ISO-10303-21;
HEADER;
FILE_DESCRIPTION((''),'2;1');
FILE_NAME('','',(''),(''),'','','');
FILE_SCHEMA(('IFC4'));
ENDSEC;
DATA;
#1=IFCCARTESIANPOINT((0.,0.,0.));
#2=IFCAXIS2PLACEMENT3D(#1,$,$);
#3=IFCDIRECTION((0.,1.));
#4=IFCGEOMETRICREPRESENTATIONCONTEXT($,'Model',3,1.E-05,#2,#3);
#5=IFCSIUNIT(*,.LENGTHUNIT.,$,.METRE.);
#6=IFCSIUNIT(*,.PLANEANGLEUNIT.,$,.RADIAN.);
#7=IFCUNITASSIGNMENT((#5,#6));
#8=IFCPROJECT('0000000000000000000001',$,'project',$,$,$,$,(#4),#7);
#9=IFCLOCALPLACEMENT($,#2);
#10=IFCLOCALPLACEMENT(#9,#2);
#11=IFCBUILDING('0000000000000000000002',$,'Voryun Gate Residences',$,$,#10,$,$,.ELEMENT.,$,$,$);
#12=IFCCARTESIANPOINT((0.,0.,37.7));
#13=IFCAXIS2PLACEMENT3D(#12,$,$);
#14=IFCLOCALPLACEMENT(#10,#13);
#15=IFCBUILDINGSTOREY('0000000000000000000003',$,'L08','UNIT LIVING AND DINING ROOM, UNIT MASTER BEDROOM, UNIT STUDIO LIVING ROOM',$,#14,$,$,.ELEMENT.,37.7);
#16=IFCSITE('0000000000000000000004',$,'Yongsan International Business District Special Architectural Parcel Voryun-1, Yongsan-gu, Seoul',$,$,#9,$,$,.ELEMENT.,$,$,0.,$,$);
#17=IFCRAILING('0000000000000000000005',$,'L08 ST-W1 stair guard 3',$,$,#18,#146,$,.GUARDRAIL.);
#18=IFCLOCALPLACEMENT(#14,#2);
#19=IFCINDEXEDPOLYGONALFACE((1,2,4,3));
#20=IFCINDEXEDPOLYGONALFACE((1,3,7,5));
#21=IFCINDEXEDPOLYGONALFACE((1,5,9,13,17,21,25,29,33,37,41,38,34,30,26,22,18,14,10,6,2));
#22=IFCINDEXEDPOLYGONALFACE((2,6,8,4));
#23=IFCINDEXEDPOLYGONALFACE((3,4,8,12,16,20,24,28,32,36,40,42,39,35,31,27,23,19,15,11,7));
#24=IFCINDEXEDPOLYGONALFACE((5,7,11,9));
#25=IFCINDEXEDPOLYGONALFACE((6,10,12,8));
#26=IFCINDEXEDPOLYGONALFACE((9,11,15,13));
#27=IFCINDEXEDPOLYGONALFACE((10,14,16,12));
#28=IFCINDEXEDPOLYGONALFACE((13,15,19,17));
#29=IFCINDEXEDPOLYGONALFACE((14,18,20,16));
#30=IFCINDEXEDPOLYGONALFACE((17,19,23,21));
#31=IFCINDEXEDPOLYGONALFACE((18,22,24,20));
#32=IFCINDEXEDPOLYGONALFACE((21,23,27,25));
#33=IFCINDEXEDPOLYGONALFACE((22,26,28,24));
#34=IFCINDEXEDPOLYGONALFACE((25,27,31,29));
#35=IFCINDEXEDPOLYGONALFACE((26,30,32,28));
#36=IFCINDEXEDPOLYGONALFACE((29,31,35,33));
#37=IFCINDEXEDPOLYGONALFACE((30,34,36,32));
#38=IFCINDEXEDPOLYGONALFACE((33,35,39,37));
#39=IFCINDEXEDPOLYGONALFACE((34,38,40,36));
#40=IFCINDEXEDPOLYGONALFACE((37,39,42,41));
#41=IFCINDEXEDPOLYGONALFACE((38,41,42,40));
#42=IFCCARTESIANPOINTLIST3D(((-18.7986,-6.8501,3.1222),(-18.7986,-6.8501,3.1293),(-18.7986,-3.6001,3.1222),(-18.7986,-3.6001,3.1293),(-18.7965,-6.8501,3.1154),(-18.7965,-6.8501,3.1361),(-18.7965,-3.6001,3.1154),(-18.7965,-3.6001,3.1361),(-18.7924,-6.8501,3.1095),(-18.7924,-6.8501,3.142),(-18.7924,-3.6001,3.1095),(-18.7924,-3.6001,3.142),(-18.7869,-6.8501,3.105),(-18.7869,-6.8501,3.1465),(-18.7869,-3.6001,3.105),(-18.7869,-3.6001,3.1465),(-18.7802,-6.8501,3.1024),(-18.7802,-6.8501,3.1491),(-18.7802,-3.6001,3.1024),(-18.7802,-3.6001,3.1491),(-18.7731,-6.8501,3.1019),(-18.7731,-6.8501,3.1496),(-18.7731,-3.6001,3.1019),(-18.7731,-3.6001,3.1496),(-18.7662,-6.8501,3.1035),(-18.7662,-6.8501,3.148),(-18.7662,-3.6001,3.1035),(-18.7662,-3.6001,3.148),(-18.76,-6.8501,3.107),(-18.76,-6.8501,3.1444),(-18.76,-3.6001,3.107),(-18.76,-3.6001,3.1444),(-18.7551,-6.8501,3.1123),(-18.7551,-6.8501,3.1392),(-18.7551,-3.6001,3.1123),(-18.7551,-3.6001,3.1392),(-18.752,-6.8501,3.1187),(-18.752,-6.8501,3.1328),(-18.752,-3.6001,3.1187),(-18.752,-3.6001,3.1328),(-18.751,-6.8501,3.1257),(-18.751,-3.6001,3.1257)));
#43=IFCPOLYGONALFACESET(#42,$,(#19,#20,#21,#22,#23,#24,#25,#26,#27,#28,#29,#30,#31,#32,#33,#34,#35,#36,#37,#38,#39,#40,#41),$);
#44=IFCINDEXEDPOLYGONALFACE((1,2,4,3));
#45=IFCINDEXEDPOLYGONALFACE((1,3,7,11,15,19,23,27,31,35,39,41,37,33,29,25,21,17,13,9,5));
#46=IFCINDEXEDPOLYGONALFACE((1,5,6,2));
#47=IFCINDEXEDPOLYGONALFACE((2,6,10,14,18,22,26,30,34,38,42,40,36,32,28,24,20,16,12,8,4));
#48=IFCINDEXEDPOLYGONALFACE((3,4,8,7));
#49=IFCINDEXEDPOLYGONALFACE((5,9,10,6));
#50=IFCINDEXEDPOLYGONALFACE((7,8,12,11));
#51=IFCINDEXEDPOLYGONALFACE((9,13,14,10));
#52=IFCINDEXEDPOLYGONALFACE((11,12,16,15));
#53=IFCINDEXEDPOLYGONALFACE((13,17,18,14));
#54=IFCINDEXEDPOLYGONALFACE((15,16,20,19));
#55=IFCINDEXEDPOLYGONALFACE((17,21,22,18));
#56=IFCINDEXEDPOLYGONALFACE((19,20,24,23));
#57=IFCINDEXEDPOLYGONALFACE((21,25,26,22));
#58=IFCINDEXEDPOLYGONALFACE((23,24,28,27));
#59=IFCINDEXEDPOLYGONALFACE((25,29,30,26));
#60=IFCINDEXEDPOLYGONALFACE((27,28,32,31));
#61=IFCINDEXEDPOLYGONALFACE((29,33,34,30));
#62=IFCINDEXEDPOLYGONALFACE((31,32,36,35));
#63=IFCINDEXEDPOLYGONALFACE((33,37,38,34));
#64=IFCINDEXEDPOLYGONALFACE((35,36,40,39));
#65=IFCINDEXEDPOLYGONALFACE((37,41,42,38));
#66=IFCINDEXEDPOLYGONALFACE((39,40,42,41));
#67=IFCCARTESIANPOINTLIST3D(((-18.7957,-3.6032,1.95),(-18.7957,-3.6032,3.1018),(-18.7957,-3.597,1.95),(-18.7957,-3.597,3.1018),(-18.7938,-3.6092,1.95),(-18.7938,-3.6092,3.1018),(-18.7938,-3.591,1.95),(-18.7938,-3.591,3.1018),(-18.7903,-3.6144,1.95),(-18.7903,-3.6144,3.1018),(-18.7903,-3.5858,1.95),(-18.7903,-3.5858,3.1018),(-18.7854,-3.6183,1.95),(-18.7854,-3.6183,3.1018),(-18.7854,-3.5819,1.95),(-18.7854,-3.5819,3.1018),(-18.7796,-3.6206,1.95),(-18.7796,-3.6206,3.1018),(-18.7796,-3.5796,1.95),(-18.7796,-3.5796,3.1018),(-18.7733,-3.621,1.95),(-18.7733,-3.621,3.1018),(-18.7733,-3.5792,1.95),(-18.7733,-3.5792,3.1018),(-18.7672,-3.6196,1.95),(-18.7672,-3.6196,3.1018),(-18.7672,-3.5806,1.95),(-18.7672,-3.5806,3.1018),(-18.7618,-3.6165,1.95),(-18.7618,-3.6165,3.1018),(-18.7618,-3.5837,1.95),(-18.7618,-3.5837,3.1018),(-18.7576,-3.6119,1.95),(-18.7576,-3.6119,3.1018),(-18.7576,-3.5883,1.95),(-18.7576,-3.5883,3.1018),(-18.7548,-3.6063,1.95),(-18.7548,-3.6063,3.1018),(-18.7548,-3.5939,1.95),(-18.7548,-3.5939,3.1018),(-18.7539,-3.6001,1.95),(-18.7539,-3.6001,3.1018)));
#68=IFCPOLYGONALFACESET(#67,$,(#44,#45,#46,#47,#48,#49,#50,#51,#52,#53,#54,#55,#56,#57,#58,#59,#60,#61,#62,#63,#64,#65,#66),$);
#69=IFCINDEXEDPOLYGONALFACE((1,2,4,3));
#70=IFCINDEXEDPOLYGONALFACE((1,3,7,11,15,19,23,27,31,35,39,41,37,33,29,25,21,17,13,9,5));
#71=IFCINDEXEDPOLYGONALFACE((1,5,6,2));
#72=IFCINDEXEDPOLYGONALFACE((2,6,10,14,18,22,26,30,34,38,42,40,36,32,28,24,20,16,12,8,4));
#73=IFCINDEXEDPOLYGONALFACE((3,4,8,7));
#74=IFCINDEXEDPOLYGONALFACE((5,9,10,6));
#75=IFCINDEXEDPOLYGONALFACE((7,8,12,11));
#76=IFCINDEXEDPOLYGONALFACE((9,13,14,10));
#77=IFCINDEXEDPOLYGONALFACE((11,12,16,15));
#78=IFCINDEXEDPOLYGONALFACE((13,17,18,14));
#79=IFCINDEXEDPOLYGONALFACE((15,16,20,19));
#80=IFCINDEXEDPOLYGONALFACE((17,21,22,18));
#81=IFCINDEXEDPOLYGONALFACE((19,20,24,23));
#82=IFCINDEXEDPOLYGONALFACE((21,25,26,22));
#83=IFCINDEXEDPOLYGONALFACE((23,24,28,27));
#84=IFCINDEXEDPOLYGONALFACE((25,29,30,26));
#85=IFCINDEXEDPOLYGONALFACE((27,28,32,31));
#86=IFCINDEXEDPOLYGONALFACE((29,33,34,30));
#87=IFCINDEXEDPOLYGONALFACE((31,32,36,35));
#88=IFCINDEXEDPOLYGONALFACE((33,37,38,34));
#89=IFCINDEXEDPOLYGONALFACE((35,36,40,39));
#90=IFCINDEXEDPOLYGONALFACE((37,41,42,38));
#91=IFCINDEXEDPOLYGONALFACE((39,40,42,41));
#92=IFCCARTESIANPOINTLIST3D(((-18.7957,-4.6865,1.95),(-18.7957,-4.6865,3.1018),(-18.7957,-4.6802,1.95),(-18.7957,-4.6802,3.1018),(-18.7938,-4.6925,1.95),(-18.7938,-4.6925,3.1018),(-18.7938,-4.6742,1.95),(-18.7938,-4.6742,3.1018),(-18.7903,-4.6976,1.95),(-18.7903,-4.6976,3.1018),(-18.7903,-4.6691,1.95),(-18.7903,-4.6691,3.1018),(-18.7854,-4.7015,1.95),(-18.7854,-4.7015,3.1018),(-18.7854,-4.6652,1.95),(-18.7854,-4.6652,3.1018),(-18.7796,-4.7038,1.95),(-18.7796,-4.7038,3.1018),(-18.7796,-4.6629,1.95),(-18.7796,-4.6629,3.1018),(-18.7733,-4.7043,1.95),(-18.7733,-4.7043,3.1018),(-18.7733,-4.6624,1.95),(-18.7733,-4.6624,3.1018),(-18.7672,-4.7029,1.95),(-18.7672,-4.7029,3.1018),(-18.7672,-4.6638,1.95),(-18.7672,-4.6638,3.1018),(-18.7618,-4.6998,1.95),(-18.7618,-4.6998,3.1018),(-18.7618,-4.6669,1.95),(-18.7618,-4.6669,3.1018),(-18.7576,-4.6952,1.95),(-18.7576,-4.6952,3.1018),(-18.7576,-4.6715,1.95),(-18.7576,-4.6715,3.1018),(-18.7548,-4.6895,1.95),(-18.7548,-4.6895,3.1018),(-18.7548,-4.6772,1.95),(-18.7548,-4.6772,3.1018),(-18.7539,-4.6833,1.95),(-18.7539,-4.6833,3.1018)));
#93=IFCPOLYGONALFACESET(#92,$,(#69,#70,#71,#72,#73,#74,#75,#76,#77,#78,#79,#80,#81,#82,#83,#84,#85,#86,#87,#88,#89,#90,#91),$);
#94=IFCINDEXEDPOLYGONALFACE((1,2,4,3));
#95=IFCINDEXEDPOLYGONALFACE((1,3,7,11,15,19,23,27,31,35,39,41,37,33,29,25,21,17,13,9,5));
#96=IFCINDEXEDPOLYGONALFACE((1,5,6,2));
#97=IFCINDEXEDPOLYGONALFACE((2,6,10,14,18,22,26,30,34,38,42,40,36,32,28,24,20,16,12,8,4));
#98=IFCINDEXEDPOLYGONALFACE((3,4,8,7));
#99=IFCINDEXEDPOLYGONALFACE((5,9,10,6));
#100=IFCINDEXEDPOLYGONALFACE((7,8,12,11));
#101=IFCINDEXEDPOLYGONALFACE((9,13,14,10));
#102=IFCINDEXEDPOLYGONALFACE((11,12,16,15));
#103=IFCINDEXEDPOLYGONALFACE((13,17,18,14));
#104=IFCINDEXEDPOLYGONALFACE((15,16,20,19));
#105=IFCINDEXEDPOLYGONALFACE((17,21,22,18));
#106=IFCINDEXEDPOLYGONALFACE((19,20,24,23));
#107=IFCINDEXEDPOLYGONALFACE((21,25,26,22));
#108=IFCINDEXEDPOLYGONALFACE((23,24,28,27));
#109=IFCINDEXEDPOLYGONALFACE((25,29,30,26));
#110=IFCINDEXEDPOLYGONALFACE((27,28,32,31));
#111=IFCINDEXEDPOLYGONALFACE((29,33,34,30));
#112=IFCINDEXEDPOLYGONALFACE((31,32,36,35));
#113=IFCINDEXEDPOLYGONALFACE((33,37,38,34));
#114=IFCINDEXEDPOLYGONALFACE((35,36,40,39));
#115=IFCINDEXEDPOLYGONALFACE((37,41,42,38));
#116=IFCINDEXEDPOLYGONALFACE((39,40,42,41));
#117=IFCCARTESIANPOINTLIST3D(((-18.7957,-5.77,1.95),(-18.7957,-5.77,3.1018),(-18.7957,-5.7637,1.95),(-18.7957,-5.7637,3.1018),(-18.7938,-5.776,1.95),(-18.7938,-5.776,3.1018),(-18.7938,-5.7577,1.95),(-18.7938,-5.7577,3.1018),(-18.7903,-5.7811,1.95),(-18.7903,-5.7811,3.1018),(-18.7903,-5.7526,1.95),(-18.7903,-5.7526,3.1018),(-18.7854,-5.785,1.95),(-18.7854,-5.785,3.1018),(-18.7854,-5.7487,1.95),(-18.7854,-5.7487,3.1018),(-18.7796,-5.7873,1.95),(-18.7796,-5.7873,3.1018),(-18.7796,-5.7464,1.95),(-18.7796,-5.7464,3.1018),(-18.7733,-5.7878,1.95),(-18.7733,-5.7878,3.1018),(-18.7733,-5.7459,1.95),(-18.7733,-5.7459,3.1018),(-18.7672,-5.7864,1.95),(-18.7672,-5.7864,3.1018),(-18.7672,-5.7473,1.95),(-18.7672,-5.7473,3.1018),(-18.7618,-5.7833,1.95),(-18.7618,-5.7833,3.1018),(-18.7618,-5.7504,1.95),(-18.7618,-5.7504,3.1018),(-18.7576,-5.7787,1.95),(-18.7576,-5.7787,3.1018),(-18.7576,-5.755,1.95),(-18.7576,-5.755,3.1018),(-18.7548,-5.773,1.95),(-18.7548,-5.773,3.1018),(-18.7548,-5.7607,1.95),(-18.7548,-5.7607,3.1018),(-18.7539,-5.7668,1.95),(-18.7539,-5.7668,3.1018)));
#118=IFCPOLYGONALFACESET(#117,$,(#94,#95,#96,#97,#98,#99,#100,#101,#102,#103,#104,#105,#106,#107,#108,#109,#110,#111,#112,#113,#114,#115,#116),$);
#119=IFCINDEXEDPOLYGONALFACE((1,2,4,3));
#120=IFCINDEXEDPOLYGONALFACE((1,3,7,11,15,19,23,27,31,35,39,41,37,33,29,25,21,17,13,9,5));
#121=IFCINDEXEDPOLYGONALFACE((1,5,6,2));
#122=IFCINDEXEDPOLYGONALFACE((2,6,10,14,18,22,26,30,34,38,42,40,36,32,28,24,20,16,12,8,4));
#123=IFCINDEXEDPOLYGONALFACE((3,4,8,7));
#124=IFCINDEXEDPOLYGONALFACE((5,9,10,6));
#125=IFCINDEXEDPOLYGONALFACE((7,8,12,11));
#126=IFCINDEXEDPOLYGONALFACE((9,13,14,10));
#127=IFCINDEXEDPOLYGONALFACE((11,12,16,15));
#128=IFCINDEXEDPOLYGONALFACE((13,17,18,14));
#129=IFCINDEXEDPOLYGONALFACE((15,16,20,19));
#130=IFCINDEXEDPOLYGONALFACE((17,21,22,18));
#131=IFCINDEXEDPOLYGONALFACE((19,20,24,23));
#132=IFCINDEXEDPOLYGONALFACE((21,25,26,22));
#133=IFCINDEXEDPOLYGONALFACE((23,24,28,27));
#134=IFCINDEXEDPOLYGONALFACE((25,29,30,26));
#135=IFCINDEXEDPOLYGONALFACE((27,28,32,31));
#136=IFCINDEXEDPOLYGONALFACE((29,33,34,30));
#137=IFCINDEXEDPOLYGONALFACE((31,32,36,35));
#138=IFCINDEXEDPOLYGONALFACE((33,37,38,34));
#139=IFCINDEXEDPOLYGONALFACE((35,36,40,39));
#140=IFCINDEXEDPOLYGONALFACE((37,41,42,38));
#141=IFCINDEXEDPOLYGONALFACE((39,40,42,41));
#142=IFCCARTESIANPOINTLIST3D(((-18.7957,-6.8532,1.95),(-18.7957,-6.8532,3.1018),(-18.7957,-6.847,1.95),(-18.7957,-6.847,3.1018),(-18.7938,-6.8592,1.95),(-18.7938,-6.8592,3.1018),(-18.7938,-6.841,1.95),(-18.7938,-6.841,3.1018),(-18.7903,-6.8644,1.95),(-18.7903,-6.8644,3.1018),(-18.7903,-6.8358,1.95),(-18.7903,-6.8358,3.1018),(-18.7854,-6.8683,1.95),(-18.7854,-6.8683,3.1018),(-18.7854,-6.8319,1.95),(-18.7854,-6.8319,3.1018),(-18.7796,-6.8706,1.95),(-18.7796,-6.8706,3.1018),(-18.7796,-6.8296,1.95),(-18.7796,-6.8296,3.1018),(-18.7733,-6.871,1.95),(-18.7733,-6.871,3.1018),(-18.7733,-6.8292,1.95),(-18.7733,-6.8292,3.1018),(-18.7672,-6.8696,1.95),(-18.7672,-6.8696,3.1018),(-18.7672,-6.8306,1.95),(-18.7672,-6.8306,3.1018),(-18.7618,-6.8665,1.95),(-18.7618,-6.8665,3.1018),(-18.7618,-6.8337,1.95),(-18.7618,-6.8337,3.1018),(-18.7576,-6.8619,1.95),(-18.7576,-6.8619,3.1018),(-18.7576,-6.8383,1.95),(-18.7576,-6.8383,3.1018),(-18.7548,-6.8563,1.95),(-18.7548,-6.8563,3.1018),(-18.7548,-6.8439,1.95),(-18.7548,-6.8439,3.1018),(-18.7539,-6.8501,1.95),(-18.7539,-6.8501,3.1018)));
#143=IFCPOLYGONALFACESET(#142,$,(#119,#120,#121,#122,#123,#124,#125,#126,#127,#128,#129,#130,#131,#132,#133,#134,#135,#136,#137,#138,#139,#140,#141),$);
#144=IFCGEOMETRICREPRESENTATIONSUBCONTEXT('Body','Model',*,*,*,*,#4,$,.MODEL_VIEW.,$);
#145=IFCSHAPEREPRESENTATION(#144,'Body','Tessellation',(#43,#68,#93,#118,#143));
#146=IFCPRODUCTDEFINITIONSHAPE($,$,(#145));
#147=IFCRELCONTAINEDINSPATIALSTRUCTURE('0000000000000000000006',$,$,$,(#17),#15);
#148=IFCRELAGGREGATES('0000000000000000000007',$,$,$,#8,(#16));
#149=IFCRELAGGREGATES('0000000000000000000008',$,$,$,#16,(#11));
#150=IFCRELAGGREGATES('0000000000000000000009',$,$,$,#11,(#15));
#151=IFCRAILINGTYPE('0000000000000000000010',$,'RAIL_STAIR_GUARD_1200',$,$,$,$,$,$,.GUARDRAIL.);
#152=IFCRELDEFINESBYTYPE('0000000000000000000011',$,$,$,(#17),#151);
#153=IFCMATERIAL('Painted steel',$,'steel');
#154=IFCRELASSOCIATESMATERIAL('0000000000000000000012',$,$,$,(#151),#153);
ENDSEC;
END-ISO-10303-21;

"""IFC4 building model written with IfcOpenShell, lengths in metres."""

from ifc_helpers import new_model, si_unit, direction, frame, origin, origin_2d, place, context, subcontext, project, spatial, circle, extrude, material, type_object, element, save


model = new_model("IFC4")

# Units and contexts
model_context = context("Model", 3, precision=1e-05, world=origin(), true_north=direction((0.0, 1.0)))
body_context = subcontext(model_context, "Body", "Model", "MODEL_VIEW")
ifc_project = project(units=[si_unit("LENGTHUNIT", "METRE"), si_unit("PLANEANGLEUNIT", "RADIAN")], contexts=[model_context])

# Site, building, storey
site_placement = place(None, origin())
site = spatial("IfcSite", under=ifc_project, at=site_placement, Name="Yongsan International Business District Special Architectural Parcel Voryun-1, Yongsan-gu, Seoul", CompositionType="ELEMENT", RefElevation=0.0)
building_placement = place(site_placement, origin())
building = spatial("IfcBuilding", under=site, at=building_placement, Name="Voryun Gate Residences", CompositionType="ELEMENT")
storey_placement = place(building_placement, frame((0.0, 0.0, 37.7)))
storey = spatial("IfcBuildingStorey", under=building, at=storey_placement, Name="L08", Description="UNIT LIVING AND DINING ROOM, UNIT MASTER BEDROOM, UNIT STUDIO LIVING ROOM", CompositionType="ELEMENT", Elevation=37.7)

# Railing
ifc_material_1 = material(Name="Painted steel", Category="steel")
railing_type_1 = type_object("IfcRailingType", Name="RAIL_STAIR_GUARD_1200", PredefinedType="GUARDRAIL", material=ifc_material_1)
for number, where, name in (
    (1, (-18.7749, -3.6001, 1.95), "L08 ST-W1 stair guard 3"),
):
    element("IfcRailing", number, at=place(storey_placement, frame(where)), inside=storey, type_object=railing_type_1, Name=name, PredefinedType="GUARDRAIL", context=body_context, shape_type="SweptSolid", body=[
        extrude(circle(Radius=0.0239, at=origin_2d()), frame((0.0, 0.0, 1.1758), z_axis=(0.0, -1.0, 0.0), x_axis=(1.0, 0.0, 0.0)), (0.0, 0.0, 1.0), 3.25),
        extrude(circle(Radius=0.021, at=origin_2d()), origin(), (0.0, 0.0, 1.0), 1.1519),
        extrude(circle(Radius=0.021, at=origin_2d()), frame((0.0, -1.0833, 0.0)), (0.0, 0.0, 1.0), 1.1519),
        extrude(circle(Radius=0.021, at=origin_2d()), frame((0.0, -2.1667, 0.0)), (0.0, 0.0, 1.0), 1.1519),
        extrude(circle(Radius=0.021, at=origin_2d()), frame((0.0, -3.25, 0.0)), (0.0, 0.0, 1.0), 1.1519),
    ])

save(model, "model.ifc")
